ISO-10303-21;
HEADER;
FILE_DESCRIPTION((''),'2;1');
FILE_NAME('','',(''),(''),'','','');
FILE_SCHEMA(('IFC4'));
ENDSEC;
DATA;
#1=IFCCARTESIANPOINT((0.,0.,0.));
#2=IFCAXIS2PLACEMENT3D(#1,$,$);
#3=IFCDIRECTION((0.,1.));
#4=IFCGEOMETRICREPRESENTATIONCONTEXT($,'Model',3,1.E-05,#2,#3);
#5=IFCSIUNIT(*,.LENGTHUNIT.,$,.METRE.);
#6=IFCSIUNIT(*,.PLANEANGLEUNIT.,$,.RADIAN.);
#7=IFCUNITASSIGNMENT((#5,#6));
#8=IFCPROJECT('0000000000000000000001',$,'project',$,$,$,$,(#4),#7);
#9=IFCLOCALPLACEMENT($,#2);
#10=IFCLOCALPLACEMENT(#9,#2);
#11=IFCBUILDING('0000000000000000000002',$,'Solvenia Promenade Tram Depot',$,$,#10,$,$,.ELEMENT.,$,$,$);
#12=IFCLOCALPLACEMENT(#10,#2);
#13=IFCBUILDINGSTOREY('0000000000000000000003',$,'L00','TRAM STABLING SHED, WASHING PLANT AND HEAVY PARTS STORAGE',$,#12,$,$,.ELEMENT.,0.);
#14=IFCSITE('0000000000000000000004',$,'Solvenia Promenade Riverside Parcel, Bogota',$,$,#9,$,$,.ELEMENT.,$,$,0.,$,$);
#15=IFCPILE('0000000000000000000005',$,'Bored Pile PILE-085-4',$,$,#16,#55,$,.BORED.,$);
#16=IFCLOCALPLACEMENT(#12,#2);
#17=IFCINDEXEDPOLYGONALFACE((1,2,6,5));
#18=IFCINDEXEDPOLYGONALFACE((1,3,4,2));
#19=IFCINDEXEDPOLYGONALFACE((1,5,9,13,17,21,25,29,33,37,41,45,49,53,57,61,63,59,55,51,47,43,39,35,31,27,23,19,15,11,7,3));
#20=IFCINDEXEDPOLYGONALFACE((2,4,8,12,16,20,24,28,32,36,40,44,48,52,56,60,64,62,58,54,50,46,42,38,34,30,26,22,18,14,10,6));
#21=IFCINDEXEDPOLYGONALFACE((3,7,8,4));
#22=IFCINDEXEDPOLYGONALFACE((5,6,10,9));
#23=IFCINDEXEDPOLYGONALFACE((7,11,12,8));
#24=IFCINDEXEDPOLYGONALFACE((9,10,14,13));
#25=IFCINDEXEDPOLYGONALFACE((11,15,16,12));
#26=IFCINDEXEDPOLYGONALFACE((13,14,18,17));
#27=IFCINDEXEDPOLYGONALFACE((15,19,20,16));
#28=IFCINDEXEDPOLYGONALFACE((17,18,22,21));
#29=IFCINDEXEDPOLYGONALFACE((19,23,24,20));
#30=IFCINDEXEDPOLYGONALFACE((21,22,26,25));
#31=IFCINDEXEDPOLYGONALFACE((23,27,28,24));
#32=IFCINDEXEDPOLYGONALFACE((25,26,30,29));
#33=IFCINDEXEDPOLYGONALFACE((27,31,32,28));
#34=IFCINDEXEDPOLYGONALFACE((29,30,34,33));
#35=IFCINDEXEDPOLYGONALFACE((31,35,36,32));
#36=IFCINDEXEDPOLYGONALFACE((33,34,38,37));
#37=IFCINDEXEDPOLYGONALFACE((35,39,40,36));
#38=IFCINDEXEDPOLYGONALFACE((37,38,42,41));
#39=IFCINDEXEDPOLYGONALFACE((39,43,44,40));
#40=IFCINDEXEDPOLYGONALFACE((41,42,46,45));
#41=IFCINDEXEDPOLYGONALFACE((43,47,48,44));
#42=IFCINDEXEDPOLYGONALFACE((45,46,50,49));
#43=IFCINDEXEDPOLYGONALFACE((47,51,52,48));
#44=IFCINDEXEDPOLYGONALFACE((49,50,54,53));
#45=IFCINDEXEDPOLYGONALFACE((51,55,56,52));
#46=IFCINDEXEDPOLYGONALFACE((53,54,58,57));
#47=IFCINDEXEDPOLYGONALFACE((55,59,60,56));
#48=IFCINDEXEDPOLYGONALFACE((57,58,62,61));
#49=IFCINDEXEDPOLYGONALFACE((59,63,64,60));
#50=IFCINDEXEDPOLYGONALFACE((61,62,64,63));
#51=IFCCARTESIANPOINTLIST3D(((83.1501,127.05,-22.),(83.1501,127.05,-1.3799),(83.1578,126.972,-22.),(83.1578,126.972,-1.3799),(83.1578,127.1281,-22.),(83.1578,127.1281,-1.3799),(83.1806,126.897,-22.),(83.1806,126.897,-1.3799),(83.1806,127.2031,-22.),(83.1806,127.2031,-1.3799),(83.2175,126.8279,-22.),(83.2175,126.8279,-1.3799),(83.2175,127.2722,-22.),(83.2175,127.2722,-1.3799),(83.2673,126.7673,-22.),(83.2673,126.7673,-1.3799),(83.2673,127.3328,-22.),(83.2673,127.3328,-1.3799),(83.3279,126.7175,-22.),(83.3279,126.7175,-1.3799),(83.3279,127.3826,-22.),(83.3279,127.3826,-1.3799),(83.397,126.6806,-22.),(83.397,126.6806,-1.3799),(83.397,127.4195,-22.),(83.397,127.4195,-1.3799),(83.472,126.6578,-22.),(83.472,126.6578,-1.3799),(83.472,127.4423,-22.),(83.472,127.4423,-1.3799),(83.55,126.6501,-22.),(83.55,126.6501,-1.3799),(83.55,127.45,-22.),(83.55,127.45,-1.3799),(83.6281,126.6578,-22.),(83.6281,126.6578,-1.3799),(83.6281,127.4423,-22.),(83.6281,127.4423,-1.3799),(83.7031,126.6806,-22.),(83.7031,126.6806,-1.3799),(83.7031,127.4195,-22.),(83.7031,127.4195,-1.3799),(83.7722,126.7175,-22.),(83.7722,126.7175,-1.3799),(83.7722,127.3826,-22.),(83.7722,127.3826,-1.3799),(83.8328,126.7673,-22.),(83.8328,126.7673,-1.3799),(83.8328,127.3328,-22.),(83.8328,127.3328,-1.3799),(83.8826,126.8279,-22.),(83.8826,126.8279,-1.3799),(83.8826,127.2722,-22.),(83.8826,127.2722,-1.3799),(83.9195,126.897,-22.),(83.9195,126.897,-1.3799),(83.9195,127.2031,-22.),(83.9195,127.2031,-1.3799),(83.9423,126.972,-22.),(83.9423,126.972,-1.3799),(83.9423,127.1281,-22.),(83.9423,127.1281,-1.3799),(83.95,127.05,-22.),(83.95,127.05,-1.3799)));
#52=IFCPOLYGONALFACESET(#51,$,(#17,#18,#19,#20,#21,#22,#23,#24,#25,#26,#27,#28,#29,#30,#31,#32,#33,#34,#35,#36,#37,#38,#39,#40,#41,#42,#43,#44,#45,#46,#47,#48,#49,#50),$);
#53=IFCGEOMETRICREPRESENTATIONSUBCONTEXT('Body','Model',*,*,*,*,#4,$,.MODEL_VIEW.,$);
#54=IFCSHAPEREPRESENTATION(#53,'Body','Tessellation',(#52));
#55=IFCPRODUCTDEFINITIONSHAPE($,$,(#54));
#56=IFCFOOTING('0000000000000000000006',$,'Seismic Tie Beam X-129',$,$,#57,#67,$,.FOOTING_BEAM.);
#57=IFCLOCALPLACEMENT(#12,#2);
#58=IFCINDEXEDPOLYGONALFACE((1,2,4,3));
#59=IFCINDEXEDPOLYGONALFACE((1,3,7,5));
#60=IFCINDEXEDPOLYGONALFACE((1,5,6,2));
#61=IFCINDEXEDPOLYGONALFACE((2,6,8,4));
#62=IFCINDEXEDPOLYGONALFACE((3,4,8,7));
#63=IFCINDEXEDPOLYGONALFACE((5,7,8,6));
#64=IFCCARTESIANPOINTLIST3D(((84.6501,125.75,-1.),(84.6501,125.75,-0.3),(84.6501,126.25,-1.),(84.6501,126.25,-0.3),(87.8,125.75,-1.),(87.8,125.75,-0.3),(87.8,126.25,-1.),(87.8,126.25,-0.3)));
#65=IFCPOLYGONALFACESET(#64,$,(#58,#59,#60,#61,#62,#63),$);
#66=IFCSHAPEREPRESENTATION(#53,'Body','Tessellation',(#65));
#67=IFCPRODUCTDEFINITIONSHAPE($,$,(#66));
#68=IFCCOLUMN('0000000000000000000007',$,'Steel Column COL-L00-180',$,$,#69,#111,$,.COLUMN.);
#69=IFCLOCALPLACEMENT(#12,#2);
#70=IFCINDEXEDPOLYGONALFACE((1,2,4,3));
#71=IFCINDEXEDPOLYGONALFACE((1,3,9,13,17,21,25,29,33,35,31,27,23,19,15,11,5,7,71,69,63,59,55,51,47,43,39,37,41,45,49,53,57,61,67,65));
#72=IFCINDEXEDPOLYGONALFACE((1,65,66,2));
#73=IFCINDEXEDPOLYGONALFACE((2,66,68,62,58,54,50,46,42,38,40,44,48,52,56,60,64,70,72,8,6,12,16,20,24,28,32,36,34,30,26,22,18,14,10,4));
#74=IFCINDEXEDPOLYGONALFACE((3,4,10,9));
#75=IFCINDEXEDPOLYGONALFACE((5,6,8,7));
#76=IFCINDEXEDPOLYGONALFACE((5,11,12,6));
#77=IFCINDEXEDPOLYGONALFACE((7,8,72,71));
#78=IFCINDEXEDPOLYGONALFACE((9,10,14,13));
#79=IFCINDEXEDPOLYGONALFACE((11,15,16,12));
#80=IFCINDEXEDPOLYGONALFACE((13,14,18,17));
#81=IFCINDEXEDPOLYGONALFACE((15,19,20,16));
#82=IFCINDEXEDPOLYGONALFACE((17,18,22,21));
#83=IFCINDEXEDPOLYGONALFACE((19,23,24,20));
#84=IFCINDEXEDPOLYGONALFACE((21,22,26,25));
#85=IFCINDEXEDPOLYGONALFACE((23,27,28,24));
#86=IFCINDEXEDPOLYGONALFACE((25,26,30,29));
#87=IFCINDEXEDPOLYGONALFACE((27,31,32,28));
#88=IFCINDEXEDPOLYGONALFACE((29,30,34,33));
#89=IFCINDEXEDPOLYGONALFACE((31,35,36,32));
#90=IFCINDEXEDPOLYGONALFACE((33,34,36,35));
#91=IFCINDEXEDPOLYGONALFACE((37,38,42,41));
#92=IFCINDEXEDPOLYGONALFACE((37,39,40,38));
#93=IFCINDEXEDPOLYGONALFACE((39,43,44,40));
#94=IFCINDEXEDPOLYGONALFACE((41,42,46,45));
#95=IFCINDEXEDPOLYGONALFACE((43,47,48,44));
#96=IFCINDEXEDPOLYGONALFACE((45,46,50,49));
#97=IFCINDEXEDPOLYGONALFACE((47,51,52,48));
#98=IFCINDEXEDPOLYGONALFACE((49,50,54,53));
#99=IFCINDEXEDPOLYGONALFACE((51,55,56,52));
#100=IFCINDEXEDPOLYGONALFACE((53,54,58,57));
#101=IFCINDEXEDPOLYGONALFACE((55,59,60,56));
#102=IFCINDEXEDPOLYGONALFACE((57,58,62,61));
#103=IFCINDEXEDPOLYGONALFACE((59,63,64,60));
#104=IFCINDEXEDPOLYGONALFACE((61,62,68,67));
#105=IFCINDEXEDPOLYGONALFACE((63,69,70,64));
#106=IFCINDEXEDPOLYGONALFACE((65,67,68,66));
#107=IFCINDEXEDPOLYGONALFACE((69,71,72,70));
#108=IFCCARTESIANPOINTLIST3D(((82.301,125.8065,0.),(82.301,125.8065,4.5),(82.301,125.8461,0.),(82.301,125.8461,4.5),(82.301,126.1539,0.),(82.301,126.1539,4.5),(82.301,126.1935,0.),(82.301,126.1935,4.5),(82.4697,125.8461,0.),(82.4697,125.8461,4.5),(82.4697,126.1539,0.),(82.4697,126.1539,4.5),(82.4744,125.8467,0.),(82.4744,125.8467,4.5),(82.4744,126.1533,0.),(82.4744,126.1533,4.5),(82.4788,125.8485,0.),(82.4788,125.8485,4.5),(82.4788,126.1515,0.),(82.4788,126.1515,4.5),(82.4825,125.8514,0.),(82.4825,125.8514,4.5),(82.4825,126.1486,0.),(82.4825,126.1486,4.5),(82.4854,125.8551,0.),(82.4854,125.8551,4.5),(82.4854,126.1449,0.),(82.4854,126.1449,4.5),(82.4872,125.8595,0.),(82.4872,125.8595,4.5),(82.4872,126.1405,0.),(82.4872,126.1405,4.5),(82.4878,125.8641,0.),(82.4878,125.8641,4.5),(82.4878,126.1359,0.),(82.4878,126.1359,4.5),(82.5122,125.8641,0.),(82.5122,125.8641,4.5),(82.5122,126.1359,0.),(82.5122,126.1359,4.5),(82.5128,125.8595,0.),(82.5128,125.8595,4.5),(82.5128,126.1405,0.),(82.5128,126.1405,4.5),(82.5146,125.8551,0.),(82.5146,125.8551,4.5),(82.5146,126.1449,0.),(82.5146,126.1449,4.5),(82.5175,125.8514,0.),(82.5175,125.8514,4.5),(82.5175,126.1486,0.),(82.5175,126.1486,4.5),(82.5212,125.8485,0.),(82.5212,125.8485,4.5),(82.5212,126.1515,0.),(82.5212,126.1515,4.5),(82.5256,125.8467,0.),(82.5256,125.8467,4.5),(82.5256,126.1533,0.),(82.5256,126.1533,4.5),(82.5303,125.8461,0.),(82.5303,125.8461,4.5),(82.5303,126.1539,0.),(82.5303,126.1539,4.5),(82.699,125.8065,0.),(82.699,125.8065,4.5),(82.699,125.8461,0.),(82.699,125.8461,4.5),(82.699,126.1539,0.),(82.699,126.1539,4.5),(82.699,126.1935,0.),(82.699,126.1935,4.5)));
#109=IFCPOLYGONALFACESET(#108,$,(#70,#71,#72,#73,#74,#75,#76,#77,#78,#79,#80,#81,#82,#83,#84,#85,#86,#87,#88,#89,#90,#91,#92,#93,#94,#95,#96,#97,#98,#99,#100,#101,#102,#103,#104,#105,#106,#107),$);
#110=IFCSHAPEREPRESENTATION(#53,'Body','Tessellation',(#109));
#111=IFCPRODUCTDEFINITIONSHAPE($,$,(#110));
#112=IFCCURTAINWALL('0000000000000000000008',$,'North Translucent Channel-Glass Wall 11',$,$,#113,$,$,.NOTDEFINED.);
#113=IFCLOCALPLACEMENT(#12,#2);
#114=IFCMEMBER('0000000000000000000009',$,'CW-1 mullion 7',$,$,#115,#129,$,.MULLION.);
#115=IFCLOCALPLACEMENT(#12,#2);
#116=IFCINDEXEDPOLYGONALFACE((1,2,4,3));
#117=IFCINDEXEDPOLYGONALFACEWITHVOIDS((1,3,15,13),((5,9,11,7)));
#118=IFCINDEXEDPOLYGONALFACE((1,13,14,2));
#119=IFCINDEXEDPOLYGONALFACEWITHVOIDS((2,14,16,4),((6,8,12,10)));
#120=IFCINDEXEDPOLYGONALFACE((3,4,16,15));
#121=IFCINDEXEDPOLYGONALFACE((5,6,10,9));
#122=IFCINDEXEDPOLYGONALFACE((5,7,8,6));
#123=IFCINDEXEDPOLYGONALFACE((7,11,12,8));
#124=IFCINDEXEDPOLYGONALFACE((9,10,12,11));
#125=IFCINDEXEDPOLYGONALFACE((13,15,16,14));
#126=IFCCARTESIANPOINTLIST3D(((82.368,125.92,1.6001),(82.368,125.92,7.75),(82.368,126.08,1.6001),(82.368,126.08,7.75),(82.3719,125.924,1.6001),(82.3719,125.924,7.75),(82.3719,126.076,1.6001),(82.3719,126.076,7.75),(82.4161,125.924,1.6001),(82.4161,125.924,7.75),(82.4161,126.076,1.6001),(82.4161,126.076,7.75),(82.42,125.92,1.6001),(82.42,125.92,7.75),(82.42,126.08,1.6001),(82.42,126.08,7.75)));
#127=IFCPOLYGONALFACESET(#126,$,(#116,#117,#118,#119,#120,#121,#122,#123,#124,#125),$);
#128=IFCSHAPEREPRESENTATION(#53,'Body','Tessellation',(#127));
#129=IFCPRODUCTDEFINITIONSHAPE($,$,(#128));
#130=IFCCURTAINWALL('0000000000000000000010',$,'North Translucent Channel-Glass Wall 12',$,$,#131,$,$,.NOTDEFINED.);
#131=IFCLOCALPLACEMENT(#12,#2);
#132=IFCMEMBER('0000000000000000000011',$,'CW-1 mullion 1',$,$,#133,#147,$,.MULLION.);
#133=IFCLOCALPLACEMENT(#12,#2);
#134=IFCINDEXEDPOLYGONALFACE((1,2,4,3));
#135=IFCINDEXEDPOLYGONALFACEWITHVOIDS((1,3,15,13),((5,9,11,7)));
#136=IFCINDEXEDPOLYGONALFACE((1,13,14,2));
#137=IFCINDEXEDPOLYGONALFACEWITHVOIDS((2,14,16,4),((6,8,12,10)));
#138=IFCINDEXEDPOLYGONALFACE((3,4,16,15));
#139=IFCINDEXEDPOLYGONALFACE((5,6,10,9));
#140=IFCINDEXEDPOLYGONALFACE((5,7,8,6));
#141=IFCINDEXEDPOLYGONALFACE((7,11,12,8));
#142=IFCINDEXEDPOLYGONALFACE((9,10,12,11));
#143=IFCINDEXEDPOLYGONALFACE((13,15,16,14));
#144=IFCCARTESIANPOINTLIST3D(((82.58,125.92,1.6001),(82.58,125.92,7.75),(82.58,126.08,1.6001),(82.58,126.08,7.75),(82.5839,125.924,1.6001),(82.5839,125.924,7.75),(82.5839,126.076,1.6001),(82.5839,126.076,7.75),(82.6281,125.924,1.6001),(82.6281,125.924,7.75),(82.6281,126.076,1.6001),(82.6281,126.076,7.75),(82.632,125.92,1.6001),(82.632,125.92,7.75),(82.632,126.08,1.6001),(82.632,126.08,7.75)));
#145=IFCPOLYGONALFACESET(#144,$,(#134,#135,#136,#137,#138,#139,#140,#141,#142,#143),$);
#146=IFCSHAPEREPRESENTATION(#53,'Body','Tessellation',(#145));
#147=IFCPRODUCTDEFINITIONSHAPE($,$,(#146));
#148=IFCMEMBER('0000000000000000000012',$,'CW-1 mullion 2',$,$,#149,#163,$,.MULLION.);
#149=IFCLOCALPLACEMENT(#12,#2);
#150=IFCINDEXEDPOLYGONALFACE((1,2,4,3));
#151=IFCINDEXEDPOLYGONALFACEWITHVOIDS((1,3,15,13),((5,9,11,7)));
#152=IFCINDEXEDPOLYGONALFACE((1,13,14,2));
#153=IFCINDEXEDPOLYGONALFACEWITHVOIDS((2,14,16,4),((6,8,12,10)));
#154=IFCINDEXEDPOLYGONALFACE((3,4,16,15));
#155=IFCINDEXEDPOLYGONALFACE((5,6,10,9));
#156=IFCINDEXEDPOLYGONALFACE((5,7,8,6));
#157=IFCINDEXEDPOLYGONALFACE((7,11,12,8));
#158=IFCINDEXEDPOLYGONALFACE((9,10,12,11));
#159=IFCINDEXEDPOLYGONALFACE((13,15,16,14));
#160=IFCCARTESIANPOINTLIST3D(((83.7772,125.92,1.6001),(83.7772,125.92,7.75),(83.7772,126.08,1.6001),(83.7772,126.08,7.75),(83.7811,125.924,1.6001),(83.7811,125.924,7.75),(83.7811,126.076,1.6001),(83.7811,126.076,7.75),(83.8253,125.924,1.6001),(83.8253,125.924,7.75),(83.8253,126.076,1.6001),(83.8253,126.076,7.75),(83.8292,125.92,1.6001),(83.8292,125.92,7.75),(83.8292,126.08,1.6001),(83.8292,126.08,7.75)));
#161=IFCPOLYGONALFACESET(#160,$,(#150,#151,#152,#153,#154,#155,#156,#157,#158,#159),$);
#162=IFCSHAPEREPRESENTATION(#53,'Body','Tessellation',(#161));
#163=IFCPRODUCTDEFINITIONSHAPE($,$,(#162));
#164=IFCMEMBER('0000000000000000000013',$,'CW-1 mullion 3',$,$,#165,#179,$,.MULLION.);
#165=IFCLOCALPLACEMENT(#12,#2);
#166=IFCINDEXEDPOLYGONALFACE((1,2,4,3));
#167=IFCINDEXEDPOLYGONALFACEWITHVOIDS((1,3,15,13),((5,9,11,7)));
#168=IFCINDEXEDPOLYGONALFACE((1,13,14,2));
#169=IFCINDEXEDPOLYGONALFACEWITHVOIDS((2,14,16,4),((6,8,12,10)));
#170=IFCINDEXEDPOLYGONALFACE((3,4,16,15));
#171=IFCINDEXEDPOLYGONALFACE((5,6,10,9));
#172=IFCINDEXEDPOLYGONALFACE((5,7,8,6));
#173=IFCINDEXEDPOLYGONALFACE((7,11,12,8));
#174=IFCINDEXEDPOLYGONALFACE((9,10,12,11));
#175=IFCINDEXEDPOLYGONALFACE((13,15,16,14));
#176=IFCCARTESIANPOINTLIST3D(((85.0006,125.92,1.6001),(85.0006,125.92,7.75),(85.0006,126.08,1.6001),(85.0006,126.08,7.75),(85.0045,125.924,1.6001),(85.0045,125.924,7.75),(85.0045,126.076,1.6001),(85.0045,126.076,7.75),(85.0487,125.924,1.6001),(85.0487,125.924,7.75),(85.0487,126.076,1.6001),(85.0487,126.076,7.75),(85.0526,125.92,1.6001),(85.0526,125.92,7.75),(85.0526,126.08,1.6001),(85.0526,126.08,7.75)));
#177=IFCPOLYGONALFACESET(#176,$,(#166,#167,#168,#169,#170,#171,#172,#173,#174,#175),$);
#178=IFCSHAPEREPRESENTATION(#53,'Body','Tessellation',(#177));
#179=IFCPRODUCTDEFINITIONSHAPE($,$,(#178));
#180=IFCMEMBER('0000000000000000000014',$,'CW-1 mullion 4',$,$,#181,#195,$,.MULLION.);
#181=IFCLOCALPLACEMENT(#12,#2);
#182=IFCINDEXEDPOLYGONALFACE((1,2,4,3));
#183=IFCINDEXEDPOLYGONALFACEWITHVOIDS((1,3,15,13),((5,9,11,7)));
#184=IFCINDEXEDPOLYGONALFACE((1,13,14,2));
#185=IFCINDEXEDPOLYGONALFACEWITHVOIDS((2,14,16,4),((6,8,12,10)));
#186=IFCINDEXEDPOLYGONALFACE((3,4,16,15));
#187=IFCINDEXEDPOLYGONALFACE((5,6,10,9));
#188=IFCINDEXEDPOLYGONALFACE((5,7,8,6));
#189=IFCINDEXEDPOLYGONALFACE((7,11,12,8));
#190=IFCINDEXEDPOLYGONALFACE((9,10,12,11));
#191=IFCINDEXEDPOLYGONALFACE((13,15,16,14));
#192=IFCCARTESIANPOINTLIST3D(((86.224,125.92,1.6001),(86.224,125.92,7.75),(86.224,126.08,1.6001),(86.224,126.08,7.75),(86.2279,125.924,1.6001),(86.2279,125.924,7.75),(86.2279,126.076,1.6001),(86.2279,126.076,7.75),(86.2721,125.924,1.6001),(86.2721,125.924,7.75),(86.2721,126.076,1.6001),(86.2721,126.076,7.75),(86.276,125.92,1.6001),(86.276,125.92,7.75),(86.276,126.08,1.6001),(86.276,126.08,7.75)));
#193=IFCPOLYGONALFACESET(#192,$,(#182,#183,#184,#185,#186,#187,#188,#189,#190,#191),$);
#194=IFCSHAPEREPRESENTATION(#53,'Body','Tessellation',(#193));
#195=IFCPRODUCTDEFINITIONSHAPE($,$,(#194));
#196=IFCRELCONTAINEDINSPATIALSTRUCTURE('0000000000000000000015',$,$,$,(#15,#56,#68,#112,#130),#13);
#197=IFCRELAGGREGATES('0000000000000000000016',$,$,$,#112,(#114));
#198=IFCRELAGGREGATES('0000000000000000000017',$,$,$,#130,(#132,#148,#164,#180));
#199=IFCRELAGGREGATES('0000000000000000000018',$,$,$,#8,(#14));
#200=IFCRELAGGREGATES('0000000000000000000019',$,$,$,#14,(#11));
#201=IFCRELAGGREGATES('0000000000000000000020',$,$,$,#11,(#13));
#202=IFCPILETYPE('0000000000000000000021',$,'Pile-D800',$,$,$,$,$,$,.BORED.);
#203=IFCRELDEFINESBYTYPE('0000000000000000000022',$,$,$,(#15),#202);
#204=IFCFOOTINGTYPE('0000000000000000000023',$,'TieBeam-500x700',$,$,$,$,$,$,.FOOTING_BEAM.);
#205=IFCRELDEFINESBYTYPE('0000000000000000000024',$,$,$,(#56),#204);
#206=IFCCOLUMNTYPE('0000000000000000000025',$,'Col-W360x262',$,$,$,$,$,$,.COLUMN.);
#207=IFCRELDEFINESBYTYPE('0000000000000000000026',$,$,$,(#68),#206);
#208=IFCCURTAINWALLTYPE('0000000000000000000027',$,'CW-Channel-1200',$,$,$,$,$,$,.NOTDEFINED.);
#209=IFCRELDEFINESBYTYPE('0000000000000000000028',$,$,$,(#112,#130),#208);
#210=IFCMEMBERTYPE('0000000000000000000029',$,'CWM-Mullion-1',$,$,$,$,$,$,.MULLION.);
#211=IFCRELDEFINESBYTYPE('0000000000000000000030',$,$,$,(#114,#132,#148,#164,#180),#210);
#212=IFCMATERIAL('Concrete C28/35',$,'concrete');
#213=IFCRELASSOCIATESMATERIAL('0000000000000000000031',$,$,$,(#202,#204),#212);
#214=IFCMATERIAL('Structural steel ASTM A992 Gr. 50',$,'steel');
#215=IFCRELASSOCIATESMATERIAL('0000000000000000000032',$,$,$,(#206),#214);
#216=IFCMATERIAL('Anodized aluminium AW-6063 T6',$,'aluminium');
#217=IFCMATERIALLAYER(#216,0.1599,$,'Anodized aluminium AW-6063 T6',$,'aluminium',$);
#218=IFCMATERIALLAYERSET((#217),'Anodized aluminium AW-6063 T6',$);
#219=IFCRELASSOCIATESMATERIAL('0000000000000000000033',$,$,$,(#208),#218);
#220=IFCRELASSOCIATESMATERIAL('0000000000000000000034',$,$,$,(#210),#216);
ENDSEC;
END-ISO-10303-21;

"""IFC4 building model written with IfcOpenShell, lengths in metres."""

from ifc_helpers import new_model, si_unit, direction, frame, origin, origin_2d, place, context, subcontext, project, spatial, rectangle, hollow_rectangle, circle, i_section, extrude, material, layer, layer_set, material_profile, profile_set, type_object, element, aggregate, save


model = new_model("IFC4")

# Units and contexts
model_context = context("Model", 3, precision=1e-05, world=origin(), true_north=direction((0.0, 1.0)))
body_context = subcontext(model_context, "Body", "Model", "MODEL_VIEW")
ifc_project = project(units=[si_unit("LENGTHUNIT", "METRE"), si_unit("PLANEANGLEUNIT", "RADIAN")], contexts=[model_context])

# Site, building, storey
site_placement = place(None, origin())
site = spatial("IfcSite", under=ifc_project, at=site_placement, Name="Solvenia Promenade Riverside Parcel, Bogota", CompositionType="ELEMENT", RefElevation=0.0)
building_placement = place(site_placement, origin())
building = spatial("IfcBuilding", under=site, at=building_placement, Name="Solvenia Promenade Tram Depot", CompositionType="ELEMENT")
storey_placement = place(building_placement, origin())
storey = spatial("IfcBuildingStorey", under=building, at=storey_placement, Name="L00", Description="TRAM STABLING SHED, WASHING PLANT AND HEAVY PARTS STORAGE", CompositionType="ELEMENT", Elevation=0.0)

# Shared definitions
ifc_material_1 = material(Name="Concrete C28/35", Category="concrete")

# Pile
ifc_material_profile_1 = material_profile(ifc_material_1, circle(Radius=0.3999, at=origin_2d()), Name="D800", Category="concrete")
ifc_profile_set_1 = profile_set([ifc_material_profile_1], Name="Concrete C28/35")
pile_type_1 = type_object("IfcPileType", Name="Pile-D800", PredefinedType="BORED", material=ifc_profile_set_1)
for number, where, z_axis, x_axis, name in (
    (1, (83.55, 127.05, -1.3799), (0.0, 0.0, -1.0), (1.0, 0.0, 0.0), "Bored Pile PILE-085-4"),
):
    element("IfcPile", number, at=place(storey_placement, frame(where, z_axis=z_axis, x_axis=x_axis)), inside=storey, type_object=pile_type_1, Name=name, PredefinedType="BORED", context=body_context, shape_type="SweptSolid", body=[
        extrude(circle(Radius=0.3999, at=origin_2d()), origin(), (0.0, 0.0, 1.0), 20.6201),
    ])

# Footing
footing_type_1 = type_object("IfcFootingType", Name="TieBeam-500x700", PredefinedType="FOOTING_BEAM", material=ifc_material_1)
footing_1_placement = place(storey_placement, frame((86.2251, 126.0, -1.0), z_axis=(0.0, 0.0, 1.0), x_axis=(1.0, 0.0, 0.0)))
element("IfcFooting", 2, at=footing_1_placement, inside=storey, type_object=footing_type_1, Name="Seismic Tie Beam X-129", PredefinedType="FOOTING_BEAM", context=body_context, shape_type="SweptSolid", body=[
    extrude(rectangle(XDim=3.1499, YDim=0.5, at=origin_2d()), origin(), (0.0, 0.0, 1.0), 0.7),
])

# Column
ifc_material_2 = material(Name="Structural steel ASTM A992 Gr. 50", Category="steel")
ifc_material_profile_2 = material_profile(ifc_material_2, i_section(OverallWidth=0.3979, OverallDepth=0.387, WebThickness=0.0244, FlangeThickness=0.0396, FilletRadius=0.0181, at=origin_2d()), Name="W360x262", Category="steel")
ifc_profile_set_2 = profile_set([ifc_material_profile_2], Name="Structural steel ASTM A992 Gr. 50")
column_type = type_object("IfcColumnType", Name="Col-W360x262", PredefinedType="COLUMN", material=ifc_profile_set_2)
column_placement = place(storey_placement, frame((82.5, 126.0, 0.0), z_axis=(0.0, 0.0, 1.0), x_axis=(1.0, 0.0, 0.0)))
element("IfcColumn", 3, at=column_placement, inside=storey, type_object=column_type, Name="Steel Column COL-L00-180", PredefinedType="COLUMN", context=body_context, shape_type="SweptSolid", body=[
    extrude(i_section(OverallWidth=0.3979, OverallDepth=0.387, WebThickness=0.0244, FlangeThickness=0.0396, FilletRadius=0.0181, at=origin_2d()), origin(), (0.0, 0.0, 1.0), 4.5),
])

# Curtain wall, member
ifc_material_3 = material(Name="Anodized aluminium AW-6063 T6", Category="aluminium")
ifc_layer_1 = layer(ifc_material_3, 0.1599, Name="Anodized aluminium AW-6063 T6", Category="aluminium")
ifc_layer_set_1 = layer_set([ifc_layer_1], Name="Anodized aluminium AW-6063 T6")
curtain_wall_type = type_object("IfcCurtainWallType", Name="CW-Channel-1200", PredefinedType="NOTDEFINED", material=ifc_layer_set_1)
curtain_wall_1_placement = place(storey_placement, origin())
curtain_wall_1 = element("IfcCurtainWall", 4, at=curtain_wall_1_placement, inside=storey, type_object=curtain_wall_type, Name="North Translucent Channel-Glass Wall 11", PredefinedType="NOTDEFINED")
ifc_material_profile_3 = material_profile(ifc_material_3, hollow_rectangle(XDim=0.1599, YDim=0.052, WallThickness=0.0039, at=origin_2d()), Name="ALU-M1", Category="aluminium")
ifc_profile_set_3 = profile_set([ifc_material_profile_3], Name="Anodized aluminium AW-6063 T6")
member_type_1 = type_object("IfcMemberType", Name="CWM-Mullion-1", PredefinedType="MULLION", material=ifc_profile_set_3)
member_1_placement = place(storey_placement, frame((82.394, 126.0, 1.6001), z_axis=(0.0, 0.0, 1.0), x_axis=(0.0, 1.0, 0.0)))
member_1 = element("IfcMember", 5, at=member_1_placement, type_object=member_type_1, Name="CW-1 mullion 7", PredefinedType="MULLION", context=body_context, shape_type="SweptSolid", body=[
    extrude(hollow_rectangle(XDim=0.1599, YDim=0.052, WallThickness=0.0039, at=origin_2d()), origin(), (0.0, 0.0, 1.0), 6.1499),
])

# Curtain wall, members
curtain_wall_2_placement = place(storey_placement, origin())
curtain_wall_2 = element("IfcCurtainWall", 6, at=curtain_wall_2_placement, inside=storey, type_object=curtain_wall_type, Name="North Translucent Channel-Glass Wall 12", PredefinedType="NOTDEFINED")
member_2_placement = place(storey_placement, frame((82.606, 126.0, 1.6001), z_axis=(0.0, 0.0, 1.0), x_axis=(0.0, 1.0, 0.0)))
member_2 = element("IfcMember", 7, at=member_2_placement, type_object=member_type_1, Name="CW-1 mullion 1", PredefinedType="MULLION", context=body_context, shape_type="SweptSolid", body=[
    extrude(hollow_rectangle(XDim=0.1599, YDim=0.052, WallThickness=0.0039, at=origin_2d()), origin(), (0.0, 0.0, 1.0), 6.1499),
])
member_3_placement = place(storey_placement, frame((83.8032, 126.0, 1.6001), z_axis=(0.0, 0.0, 1.0), x_axis=(0.0, 1.0, 0.0)))
member_3 = element("IfcMember", 8, at=member_3_placement, type_object=member_type_1, Name="CW-1 mullion 2", PredefinedType="MULLION", context=body_context, shape_type="SweptSolid", body=[
    extrude(hollow_rectangle(XDim=0.1599, YDim=0.052, WallThickness=0.0039, at=origin_2d()), origin(), (0.0, 0.0, 1.0), 6.1499),
])
member_4_placement = place(storey_placement, frame((85.0266, 126.0, 1.6001), z_axis=(0.0, 0.0, 1.0), x_axis=(0.0, 1.0, 0.0)))
member_4 = element("IfcMember", 9, at=member_4_placement, type_object=member_type_1, Name="CW-1 mullion 3", PredefinedType="MULLION", context=body_context, shape_type="SweptSolid", body=[
    extrude(hollow_rectangle(XDim=0.1599, YDim=0.052, WallThickness=0.0039, at=origin_2d()), origin(), (0.0, 0.0, 1.0), 6.1499),
])
member_5_placement = place(storey_placement, frame((86.25, 126.0, 1.6001), z_axis=(0.0, 0.0, 1.0), x_axis=(0.0, 1.0, 0.0)))
member_5 = element("IfcMember", 10, at=member_5_placement, type_object=member_type_1, Name="CW-1 mullion 4", PredefinedType="MULLION", context=body_context, shape_type="SweptSolid", body=[
    extrude(hollow_rectangle(XDim=0.1599, YDim=0.052, WallThickness=0.0039, at=origin_2d()), origin(), (0.0, 0.0, 1.0), 6.1499),
])

aggregate(curtain_wall_1, [member_1])
aggregate(curtain_wall_2, [member_2, member_3, member_4, member_5])

save(model, "model.ifc")
